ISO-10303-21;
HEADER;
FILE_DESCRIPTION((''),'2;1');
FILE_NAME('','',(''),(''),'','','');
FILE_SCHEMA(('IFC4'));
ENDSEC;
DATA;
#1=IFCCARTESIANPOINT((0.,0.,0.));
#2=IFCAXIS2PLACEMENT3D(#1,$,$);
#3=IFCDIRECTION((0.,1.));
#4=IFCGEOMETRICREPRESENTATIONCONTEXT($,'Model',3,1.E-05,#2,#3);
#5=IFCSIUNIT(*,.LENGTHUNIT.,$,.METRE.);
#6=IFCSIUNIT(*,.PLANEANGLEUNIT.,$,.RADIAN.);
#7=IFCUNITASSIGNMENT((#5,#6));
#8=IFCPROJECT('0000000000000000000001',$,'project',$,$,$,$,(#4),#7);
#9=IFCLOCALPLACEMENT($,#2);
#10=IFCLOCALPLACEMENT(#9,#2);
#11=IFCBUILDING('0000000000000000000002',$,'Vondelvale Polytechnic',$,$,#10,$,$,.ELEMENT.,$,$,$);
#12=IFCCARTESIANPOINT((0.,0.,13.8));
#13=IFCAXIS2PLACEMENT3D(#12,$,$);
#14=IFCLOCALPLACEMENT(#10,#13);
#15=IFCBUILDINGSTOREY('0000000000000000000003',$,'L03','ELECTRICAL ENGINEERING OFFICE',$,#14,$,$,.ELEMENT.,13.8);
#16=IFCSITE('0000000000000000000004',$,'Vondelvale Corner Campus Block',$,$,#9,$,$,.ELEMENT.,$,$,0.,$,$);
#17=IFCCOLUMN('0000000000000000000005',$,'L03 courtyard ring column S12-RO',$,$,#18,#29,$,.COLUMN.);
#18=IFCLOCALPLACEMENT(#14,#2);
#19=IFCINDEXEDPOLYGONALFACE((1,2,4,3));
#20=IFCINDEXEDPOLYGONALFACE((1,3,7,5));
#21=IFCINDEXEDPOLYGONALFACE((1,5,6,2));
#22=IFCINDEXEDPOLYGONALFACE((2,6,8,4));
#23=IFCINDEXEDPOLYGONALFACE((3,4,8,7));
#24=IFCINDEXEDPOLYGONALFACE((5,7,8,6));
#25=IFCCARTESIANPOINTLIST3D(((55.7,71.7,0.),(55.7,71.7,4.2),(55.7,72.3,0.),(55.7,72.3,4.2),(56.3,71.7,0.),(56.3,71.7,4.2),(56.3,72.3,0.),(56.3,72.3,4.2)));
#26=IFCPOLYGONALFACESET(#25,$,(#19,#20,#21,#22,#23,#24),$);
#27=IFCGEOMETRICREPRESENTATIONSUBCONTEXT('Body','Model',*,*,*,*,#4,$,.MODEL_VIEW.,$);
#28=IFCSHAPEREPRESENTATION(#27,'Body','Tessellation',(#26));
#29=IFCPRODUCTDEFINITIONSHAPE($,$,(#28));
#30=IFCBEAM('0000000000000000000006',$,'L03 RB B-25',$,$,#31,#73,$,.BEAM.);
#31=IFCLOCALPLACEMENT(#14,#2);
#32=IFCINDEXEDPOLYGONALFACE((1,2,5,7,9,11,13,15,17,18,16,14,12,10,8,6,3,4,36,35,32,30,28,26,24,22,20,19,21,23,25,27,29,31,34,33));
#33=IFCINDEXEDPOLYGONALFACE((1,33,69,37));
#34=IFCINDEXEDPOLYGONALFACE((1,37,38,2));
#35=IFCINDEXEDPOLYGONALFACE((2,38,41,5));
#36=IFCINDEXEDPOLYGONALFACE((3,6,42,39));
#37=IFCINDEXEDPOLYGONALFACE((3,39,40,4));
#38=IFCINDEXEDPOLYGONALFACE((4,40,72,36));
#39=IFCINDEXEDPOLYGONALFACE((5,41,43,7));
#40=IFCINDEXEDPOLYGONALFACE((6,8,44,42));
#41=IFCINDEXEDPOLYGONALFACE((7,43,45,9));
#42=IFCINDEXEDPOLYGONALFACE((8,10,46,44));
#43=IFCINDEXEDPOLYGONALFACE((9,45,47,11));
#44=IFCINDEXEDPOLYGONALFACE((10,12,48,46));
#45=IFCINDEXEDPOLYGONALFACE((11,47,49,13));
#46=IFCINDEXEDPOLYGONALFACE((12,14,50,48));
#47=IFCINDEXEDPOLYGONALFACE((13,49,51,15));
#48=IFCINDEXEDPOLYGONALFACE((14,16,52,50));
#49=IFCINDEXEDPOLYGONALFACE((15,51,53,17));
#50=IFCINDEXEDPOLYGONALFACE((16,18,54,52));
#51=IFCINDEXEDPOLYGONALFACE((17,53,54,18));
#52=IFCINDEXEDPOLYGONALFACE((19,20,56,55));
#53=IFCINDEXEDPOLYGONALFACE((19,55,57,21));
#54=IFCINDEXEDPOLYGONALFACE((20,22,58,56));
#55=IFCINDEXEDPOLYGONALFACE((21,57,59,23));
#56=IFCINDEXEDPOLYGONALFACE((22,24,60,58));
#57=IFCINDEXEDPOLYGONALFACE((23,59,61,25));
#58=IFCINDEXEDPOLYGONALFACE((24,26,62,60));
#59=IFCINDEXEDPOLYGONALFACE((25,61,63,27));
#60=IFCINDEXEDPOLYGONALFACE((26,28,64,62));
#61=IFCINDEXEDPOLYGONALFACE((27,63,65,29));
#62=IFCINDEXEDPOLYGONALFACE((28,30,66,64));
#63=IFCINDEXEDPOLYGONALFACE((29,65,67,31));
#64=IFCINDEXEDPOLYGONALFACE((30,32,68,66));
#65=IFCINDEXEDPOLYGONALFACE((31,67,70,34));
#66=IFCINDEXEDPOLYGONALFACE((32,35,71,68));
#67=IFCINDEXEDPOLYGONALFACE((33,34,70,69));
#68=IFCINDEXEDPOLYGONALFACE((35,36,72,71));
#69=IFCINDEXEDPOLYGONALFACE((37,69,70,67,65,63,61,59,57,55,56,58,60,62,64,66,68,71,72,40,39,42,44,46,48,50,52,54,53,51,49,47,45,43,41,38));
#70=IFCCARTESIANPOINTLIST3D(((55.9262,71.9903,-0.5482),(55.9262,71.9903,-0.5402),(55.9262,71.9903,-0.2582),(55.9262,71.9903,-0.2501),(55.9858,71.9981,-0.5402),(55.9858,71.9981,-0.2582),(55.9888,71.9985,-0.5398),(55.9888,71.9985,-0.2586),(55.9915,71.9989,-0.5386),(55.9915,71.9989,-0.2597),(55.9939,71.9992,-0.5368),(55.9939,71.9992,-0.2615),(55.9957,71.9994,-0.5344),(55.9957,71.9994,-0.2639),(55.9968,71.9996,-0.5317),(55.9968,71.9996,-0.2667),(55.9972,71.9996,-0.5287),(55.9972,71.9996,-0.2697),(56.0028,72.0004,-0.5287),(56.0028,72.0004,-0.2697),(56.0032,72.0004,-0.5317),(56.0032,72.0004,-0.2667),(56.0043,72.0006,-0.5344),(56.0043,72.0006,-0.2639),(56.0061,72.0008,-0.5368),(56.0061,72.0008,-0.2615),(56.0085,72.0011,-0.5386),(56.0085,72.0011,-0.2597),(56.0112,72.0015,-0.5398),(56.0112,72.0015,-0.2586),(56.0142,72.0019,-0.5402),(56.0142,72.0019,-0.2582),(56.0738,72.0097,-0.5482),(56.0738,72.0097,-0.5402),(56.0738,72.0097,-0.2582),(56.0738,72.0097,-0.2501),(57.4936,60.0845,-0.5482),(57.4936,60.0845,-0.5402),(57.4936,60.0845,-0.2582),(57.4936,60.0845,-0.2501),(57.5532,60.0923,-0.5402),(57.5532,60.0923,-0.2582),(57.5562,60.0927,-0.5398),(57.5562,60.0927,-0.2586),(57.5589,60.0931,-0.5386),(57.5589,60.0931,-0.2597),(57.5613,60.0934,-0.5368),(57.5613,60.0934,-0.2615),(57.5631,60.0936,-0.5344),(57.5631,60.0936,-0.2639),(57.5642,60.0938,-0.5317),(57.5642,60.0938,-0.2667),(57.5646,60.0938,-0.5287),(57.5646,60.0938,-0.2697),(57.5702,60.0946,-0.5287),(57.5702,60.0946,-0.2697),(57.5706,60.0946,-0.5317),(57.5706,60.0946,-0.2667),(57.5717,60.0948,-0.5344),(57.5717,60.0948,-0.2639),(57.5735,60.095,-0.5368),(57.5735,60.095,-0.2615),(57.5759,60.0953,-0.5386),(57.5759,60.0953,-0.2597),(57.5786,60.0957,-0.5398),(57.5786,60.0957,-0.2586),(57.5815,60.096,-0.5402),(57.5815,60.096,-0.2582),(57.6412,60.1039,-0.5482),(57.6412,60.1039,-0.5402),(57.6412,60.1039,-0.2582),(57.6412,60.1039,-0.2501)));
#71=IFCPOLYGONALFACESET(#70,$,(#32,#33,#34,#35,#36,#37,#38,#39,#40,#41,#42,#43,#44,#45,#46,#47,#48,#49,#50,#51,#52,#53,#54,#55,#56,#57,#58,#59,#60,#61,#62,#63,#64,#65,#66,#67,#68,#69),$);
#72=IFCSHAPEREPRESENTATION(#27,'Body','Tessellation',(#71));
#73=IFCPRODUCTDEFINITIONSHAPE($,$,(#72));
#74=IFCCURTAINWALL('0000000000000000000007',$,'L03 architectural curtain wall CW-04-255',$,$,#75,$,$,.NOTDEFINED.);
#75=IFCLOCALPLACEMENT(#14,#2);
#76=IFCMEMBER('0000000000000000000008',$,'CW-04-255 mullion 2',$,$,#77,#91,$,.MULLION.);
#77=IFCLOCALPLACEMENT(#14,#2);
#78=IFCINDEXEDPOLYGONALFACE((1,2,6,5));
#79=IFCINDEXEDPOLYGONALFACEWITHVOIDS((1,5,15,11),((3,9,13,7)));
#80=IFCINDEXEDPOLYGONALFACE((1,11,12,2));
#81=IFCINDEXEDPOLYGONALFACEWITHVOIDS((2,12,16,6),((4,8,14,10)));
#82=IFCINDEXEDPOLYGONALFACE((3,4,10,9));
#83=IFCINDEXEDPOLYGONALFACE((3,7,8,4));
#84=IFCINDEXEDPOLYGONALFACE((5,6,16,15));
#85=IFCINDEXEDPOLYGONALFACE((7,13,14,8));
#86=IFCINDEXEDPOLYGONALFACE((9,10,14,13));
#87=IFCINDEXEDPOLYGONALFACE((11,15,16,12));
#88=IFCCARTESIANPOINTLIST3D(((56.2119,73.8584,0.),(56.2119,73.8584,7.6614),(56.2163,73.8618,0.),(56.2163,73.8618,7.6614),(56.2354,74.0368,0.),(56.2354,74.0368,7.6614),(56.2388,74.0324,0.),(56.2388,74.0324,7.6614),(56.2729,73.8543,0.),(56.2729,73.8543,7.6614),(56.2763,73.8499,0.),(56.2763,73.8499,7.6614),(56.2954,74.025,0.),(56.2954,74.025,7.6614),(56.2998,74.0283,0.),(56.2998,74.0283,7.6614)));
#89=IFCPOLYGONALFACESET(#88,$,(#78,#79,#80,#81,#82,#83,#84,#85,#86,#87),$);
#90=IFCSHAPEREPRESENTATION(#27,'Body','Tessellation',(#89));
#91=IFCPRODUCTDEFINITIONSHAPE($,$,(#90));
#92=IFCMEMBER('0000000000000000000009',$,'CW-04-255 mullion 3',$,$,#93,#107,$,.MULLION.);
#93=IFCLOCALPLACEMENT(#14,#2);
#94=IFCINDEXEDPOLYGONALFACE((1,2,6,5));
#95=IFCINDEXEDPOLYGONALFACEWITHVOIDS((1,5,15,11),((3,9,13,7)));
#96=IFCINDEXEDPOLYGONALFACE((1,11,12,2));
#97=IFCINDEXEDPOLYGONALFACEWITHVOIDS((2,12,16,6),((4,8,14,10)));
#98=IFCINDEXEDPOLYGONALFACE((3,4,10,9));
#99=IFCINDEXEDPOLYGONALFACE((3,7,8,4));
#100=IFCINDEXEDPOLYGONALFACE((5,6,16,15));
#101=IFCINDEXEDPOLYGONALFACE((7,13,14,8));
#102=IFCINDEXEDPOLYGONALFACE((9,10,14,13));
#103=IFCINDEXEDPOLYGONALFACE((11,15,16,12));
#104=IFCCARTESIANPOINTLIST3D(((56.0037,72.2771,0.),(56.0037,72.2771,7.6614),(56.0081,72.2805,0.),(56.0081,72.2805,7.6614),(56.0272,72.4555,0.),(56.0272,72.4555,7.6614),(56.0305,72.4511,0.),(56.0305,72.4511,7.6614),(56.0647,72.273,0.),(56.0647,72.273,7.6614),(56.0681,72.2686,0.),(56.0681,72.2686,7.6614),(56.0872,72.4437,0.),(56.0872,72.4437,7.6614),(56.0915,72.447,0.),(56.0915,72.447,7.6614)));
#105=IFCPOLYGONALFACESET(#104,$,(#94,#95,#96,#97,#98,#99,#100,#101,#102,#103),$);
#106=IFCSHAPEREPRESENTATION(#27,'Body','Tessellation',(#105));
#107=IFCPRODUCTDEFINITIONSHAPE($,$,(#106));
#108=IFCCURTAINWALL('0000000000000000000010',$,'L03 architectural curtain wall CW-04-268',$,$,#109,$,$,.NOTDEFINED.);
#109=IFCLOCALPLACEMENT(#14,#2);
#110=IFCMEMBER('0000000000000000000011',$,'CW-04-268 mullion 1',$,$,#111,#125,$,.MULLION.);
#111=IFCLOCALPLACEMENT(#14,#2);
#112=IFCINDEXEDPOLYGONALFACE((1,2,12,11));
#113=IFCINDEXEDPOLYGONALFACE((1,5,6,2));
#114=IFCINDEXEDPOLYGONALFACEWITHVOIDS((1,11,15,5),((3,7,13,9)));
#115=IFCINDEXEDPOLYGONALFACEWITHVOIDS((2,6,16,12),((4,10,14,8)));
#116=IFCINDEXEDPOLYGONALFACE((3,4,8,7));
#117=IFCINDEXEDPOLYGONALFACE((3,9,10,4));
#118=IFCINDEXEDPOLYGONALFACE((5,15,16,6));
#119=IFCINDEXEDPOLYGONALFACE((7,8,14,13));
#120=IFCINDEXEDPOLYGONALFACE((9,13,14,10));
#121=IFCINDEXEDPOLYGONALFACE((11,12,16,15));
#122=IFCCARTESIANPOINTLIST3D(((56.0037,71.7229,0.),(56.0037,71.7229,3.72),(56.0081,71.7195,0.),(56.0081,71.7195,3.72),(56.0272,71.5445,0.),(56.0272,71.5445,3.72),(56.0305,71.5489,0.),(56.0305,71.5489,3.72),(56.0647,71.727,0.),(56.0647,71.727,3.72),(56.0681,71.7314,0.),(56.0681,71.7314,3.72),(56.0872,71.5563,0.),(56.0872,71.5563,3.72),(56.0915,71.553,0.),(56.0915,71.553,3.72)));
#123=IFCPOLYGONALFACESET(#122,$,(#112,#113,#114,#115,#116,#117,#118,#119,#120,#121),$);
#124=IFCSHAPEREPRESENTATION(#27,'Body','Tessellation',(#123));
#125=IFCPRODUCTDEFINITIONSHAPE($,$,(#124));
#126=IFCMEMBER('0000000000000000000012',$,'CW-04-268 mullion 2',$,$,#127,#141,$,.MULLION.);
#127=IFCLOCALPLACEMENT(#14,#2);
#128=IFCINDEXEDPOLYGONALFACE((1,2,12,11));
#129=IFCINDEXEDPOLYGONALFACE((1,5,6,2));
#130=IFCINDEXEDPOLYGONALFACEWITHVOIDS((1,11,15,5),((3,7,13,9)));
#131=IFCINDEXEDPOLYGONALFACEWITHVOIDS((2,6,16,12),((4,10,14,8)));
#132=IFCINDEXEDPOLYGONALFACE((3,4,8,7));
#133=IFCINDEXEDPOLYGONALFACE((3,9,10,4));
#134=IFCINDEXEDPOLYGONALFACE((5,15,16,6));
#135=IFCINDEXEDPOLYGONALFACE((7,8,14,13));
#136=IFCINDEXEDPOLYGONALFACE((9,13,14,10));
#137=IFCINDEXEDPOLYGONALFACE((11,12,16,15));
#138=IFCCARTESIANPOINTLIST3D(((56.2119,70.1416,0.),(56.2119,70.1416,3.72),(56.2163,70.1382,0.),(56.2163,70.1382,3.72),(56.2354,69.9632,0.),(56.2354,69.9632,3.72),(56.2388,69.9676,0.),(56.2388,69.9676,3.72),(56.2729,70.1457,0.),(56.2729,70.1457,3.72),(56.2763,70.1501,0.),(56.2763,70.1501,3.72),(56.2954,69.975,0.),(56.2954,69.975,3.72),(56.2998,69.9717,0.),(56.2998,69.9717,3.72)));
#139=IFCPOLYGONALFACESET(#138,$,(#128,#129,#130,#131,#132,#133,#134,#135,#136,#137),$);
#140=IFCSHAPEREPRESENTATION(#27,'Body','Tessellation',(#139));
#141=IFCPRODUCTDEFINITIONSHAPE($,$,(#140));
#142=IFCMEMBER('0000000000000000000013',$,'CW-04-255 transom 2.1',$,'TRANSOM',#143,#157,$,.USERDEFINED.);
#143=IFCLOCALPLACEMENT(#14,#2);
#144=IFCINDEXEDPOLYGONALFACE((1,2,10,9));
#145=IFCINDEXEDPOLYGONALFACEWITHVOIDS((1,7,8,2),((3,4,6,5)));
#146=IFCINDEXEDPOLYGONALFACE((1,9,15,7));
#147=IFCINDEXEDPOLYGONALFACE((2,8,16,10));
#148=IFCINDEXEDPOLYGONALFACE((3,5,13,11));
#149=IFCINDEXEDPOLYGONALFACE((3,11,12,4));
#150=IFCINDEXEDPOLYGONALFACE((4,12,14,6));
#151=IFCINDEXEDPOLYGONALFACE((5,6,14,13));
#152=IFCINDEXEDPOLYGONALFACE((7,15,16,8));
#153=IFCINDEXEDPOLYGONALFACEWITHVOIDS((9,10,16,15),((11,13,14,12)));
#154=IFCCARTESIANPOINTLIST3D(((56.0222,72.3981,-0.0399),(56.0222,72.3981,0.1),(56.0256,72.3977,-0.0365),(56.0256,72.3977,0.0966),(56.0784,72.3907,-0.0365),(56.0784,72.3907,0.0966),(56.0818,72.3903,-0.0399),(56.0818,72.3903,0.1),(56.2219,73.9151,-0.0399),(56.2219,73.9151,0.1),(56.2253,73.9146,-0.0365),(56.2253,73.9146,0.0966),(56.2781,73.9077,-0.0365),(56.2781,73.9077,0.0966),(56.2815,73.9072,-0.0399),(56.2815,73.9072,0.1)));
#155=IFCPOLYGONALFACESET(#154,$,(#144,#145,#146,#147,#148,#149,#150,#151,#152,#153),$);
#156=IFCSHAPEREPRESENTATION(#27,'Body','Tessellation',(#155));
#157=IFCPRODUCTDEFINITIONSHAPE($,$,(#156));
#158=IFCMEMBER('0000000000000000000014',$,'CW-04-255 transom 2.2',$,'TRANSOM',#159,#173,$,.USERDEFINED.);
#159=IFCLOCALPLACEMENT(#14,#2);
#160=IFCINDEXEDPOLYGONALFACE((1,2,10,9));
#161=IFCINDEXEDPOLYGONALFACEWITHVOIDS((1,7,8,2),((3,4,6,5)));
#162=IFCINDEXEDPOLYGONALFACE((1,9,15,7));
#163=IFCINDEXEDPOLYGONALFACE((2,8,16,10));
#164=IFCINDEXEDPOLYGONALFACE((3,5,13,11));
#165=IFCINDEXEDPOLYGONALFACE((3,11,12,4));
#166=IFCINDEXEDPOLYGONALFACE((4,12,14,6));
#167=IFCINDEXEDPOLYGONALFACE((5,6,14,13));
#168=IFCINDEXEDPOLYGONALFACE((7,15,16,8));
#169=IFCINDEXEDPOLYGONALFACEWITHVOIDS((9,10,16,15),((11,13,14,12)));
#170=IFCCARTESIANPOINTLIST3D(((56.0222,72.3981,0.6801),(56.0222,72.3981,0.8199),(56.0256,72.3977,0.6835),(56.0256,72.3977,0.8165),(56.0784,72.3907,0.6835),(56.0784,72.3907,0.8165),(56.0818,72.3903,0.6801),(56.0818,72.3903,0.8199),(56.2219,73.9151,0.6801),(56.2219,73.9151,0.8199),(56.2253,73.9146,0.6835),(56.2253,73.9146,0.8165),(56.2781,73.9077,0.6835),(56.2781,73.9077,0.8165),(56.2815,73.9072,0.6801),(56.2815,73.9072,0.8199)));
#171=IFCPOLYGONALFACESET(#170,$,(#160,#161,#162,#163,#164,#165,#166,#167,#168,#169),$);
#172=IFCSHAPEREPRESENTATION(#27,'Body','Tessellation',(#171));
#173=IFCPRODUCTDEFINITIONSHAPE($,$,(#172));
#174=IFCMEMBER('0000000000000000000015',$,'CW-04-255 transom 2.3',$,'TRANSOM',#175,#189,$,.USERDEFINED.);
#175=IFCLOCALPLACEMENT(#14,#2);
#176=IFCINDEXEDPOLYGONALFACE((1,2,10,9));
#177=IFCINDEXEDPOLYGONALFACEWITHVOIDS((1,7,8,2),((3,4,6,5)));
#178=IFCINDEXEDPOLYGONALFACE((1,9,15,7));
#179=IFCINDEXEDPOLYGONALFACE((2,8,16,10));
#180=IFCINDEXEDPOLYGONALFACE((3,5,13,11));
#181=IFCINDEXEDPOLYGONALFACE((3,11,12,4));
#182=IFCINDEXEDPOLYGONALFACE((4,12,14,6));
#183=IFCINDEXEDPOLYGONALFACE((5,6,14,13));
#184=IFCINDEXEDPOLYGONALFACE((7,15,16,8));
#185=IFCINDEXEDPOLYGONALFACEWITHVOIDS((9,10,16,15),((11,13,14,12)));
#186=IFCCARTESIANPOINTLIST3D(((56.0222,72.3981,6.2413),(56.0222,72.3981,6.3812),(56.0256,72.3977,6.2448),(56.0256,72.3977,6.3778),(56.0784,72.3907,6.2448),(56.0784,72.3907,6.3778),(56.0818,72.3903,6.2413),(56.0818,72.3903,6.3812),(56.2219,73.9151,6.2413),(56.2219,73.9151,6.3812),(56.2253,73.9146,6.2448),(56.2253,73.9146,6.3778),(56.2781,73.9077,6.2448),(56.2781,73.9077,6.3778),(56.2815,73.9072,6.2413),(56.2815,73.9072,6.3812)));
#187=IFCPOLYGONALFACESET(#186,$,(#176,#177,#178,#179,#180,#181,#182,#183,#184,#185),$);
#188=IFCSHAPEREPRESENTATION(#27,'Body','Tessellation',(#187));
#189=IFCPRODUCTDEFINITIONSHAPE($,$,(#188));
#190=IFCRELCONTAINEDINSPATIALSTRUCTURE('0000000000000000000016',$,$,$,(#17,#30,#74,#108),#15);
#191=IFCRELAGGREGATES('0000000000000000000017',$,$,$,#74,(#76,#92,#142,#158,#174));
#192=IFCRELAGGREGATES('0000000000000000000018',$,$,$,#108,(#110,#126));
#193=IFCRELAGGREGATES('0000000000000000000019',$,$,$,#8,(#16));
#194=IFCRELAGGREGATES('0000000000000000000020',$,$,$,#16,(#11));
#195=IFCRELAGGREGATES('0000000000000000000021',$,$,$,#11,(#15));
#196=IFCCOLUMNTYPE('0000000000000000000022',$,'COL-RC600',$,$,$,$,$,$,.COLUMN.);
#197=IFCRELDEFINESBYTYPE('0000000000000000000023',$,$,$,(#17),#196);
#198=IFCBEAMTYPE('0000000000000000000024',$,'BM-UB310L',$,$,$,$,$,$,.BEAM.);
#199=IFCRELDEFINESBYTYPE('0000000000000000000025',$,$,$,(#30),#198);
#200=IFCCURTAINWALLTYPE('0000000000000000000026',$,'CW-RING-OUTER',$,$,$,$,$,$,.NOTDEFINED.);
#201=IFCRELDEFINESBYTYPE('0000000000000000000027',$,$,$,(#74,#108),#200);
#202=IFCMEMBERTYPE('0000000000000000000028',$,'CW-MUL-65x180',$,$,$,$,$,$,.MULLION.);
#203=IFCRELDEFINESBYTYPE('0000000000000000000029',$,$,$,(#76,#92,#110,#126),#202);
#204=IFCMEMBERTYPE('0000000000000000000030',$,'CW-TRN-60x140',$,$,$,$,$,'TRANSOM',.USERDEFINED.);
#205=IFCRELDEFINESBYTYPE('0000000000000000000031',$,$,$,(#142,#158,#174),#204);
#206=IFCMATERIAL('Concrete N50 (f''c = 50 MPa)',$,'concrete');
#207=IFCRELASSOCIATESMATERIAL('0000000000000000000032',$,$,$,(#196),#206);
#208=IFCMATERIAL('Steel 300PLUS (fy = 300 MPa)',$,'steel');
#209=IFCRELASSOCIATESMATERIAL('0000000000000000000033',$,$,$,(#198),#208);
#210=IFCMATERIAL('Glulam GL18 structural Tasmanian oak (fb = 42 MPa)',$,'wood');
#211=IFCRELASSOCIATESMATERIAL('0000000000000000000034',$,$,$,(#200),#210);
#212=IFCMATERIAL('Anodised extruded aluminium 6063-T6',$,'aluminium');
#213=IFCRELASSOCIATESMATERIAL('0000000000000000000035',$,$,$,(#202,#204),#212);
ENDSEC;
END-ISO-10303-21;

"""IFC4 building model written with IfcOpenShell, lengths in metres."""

from ifc_helpers import new_model, si_unit, direction, frame, origin, origin_2d, place, context, subcontext, project, spatial, rectangle, hollow_rectangle, i_section, extrude, material, material_profile, profile_set, type_object, element, aggregate, save


model = new_model("IFC4")

# Units and contexts
model_context = context("Model", 3, precision=1e-05, world=origin(), true_north=direction((0.0, 1.0)))
body_context = subcontext(model_context, "Body", "Model", "MODEL_VIEW")
ifc_project = project(units=[si_unit("LENGTHUNIT", "METRE"), si_unit("PLANEANGLEUNIT", "RADIAN")], contexts=[model_context])

# Site, building, storey
site_placement = place(None, origin())
site = spatial("IfcSite", under=ifc_project, at=site_placement, Name="Vondelvale Corner Campus Block", CompositionType="ELEMENT", RefElevation=0.0)
building_placement = place(site_placement, origin())
building = spatial("IfcBuilding", under=site, at=building_placement, Name="Vondelvale Polytechnic", CompositionType="ELEMENT")
storey_placement = place(building_placement, frame((0.0, 0.0, 13.8)))
storey = spatial("IfcBuildingStorey", under=building, at=storey_placement, Name="L03", Description="ELECTRICAL ENGINEERING OFFICE", CompositionType="ELEMENT", Elevation=13.8)

# Column
ifc_material_1 = material(Name="Concrete N50 (f'c = 50 MPa)", Category="concrete")
ifc_material_profile_1 = material_profile(ifc_material_1, rectangle(XDim=0.6001, YDim=0.6001, at=origin_2d()), Name="RC-COL-600x600")
ifc_profile_set_1 = profile_set([ifc_material_profile_1], Name="Concrete N50 (f'c = 50 MPa)")
column_type = type_object("IfcColumnType", Name="COL-RC600", PredefinedType="COLUMN", material=ifc_profile_set_1)
column_placement = place(storey_placement, frame((56.0, 72.0, 0.0), z_axis=(0.0, 0.0, 1.0), x_axis=(1.0, 0.0, 0.0)))
element("IfcColumn", 1, at=column_placement, inside=storey, type_object=column_type, Name="L03 courtyard ring column S12-RO", PredefinedType="COLUMN", context=body_context, shape_type="SweptSolid", body=[
    extrude(rectangle(XDim=0.6001, YDim=0.6001, at=origin_2d()), origin(), (0.0, 0.0, 1.0), 4.2),
])

# Beam
ifc_material_2 = material(Name="Steel 300PLUS (fy = 300 MPa)", Category="steel")
ifc_material_profile_2 = material_profile(ifc_material_2, i_section(OverallWidth=0.1489, OverallDepth=0.2981, WebThickness=0.0056, FlangeThickness=0.0081, FilletRadius=0.0115, at=origin_2d()), Name="310UB32.0")
ifc_profile_set_2 = profile_set([ifc_material_profile_2], Name="Steel 300PLUS (fy = 300 MPa)")
beam_type = type_object("IfcBeamType", Name="BM-UB310L", PredefinedType="BEAM", material=ifc_profile_set_2)
beam_placement = place(storey_placement, frame((56.0, 72.0, -0.3992), z_axis=(0.130523, -0.991445, 0.0), x_axis=(0.991445, 0.130523, 0.0)))
element("IfcBeam", 2, at=beam_placement, inside=storey, type_object=beam_type, Name="L03 RB B-25", PredefinedType="BEAM", context=body_context, shape_type="SweptSolid", body=[
    extrude(i_section(OverallWidth=0.1489, OverallDepth=0.2981, WebThickness=0.0056, FlangeThickness=0.0081, FilletRadius=0.0115, at=origin_2d()), origin(), (0.0, 0.0, 1.0), 12.0085),
])

# Curtain walls, members
ifc_material_3 = material(Name="Glulam GL18 structural Tasmanian oak (fb = 42 MPa)", Category="wood")
curtain_wall_type = type_object("IfcCurtainWallType", Name="CW-RING-OUTER", PredefinedType="NOTDEFINED", material=ifc_material_3)
curtain_wall_1_placement = place(storey_placement, origin())
curtain_wall_1 = element("IfcCurtainWall", 3, at=curtain_wall_1_placement, inside=storey, type_object=curtain_wall_type, Name="L03 architectural curtain wall CW-04-255", PredefinedType="NOTDEFINED")
ifc_material_4 = material(Name="Anodised extruded aluminium 6063-T6", Category="aluminium")
ifc_material_profile_3 = material_profile(ifc_material_4, hollow_rectangle(XDim=0.0649, YDim=0.1799, WallThickness=0.0039, at=origin_2d()), Name="CW-MUL-180x65")
ifc_profile_set_3 = profile_set([ifc_material_profile_3], Name="Anodised extruded aluminium 6063-T6")
member_type_1 = type_object("IfcMemberType", Name="CW-MUL-65x180", PredefinedType="MULLION", material=ifc_profile_set_3)
member_1_placement = place(storey_placement, frame((56.2559, 73.9434, 0.0), z_axis=(0.0, 0.0, 1.0), x_axis=(0.991443, -0.13054, 0.0)))
member_1 = element("IfcMember", 4, at=member_1_placement, type_object=member_type_1, Name="CW-04-255 mullion 2", PredefinedType="MULLION", context=body_context, shape_type="SweptSolid", body=[
    extrude(hollow_rectangle(XDim=0.0649, YDim=0.1799, WallThickness=0.0039, at=origin_2d()), origin(), (0.0, 0.0, 1.0), 7.6614),
])
member_2_placement = place(storey_placement, frame((56.0476, 72.3621, 0.0), z_axis=(0.0, 0.0, 1.0), x_axis=(0.991443, -0.13054, 0.0)))
member_2 = element("IfcMember", 5, at=member_2_placement, type_object=member_type_1, Name="CW-04-255 mullion 3", PredefinedType="MULLION", context=body_context, shape_type="SweptSolid", body=[
    extrude(hollow_rectangle(XDim=0.0649, YDim=0.1799, WallThickness=0.0039, at=origin_2d()), origin(), (0.0, 0.0, 1.0), 7.6614),
])
curtain_wall_2_placement = place(storey_placement, origin())
curtain_wall_2 = element("IfcCurtainWall", 6, at=curtain_wall_2_placement, inside=storey, type_object=curtain_wall_type, Name="L03 architectural curtain wall CW-04-268", PredefinedType="NOTDEFINED")
member_3_placement = place(storey_placement, frame((56.0476, 71.6379, 0.0), z_axis=(0.0, 0.0, 1.0), x_axis=(0.991443, 0.13054, 0.0)))
member_3 = element("IfcMember", 7, at=member_3_placement, type_object=member_type_1, Name="CW-04-268 mullion 1", PredefinedType="MULLION", context=body_context, shape_type="SweptSolid", body=[
    extrude(hollow_rectangle(XDim=0.0649, YDim=0.1799, WallThickness=0.0039, at=origin_2d()), origin(), (0.0, 0.0, 1.0), 3.72),
])
member_4_placement = place(storey_placement, frame((56.2559, 70.0566, 0.0), z_axis=(0.0, 0.0, 1.0), x_axis=(0.991443, 0.13054, 0.0)))
member_4 = element("IfcMember", 8, at=member_4_placement, type_object=member_type_1, Name="CW-04-268 mullion 2", PredefinedType="MULLION", context=body_context, shape_type="SweptSolid", body=[
    extrude(hollow_rectangle(XDim=0.0649, YDim=0.1799, WallThickness=0.0039, at=origin_2d()), origin(), (0.0, 0.0, 1.0), 3.72),
])

# Members
ifc_material_profile_4 = material_profile(ifc_material_4, hollow_rectangle(XDim=0.0601, YDim=0.1399, WallThickness=0.0034, at=origin_2d()), Name="CW-TRN-140x60")
ifc_profile_set_4 = profile_set([ifc_material_profile_4], Name="Anodised extruded aluminium 6063-T6")
member_type_2 = type_object("IfcMemberType", Name="CW-TRN-60x140", ElementType="TRANSOM", PredefinedType="USERDEFINED", material=ifc_profile_set_4)
member_5_placement = place(storey_placement, frame((56.2517, 73.9111, 0.03), z_axis=(-0.130533, -0.991444, 0.0), x_axis=(0.991444, -0.130533, 0.0)))
member_5 = element("IfcMember", 9, at=member_5_placement, type_object=member_type_2, Name="CW-04-255 transom 2.1", ObjectType="TRANSOM", PredefinedType="USERDEFINED", context=body_context, shape_type="SweptSolid", body=[
    extrude(hollow_rectangle(XDim=0.0601, YDim=0.1399, WallThickness=0.0034, at=origin_2d()), origin(), (0.0, 0.0, 1.0), 1.53),
])
member_6_placement = place(storey_placement, frame((56.2517, 73.9111, 0.75), z_axis=(-0.130533, -0.991444, 0.0), x_axis=(0.991444, -0.130533, 0.0)))
member_6 = element("IfcMember", 10, at=member_6_placement, type_object=member_type_2, Name="CW-04-255 transom 2.2", ObjectType="TRANSOM", PredefinedType="USERDEFINED", context=body_context, shape_type="SweptSolid", body=[
    extrude(hollow_rectangle(XDim=0.0601, YDim=0.1399, WallThickness=0.0034, at=origin_2d()), origin(), (0.0, 0.0, 1.0), 1.53),
])
member_7_placement = place(storey_placement, frame((56.2517, 73.9111, 6.3113), z_axis=(-0.130533, -0.991444, 0.0), x_axis=(0.991444, -0.130533, 0.0)))
member_7 = element("IfcMember", 11, at=member_7_placement, type_object=member_type_2, Name="CW-04-255 transom 2.3", ObjectType="TRANSOM", PredefinedType="USERDEFINED", context=body_context, shape_type="SweptSolid", body=[
    extrude(hollow_rectangle(XDim=0.0601, YDim=0.1399, WallThickness=0.0034, at=origin_2d()), origin(), (0.0, 0.0, 1.0), 1.53),
])

aggregate(curtain_wall_1, [member_1, member_2, member_5, member_6, member_7])
aggregate(curtain_wall_2, [member_3, member_4])

save(model, "model.ifc")
